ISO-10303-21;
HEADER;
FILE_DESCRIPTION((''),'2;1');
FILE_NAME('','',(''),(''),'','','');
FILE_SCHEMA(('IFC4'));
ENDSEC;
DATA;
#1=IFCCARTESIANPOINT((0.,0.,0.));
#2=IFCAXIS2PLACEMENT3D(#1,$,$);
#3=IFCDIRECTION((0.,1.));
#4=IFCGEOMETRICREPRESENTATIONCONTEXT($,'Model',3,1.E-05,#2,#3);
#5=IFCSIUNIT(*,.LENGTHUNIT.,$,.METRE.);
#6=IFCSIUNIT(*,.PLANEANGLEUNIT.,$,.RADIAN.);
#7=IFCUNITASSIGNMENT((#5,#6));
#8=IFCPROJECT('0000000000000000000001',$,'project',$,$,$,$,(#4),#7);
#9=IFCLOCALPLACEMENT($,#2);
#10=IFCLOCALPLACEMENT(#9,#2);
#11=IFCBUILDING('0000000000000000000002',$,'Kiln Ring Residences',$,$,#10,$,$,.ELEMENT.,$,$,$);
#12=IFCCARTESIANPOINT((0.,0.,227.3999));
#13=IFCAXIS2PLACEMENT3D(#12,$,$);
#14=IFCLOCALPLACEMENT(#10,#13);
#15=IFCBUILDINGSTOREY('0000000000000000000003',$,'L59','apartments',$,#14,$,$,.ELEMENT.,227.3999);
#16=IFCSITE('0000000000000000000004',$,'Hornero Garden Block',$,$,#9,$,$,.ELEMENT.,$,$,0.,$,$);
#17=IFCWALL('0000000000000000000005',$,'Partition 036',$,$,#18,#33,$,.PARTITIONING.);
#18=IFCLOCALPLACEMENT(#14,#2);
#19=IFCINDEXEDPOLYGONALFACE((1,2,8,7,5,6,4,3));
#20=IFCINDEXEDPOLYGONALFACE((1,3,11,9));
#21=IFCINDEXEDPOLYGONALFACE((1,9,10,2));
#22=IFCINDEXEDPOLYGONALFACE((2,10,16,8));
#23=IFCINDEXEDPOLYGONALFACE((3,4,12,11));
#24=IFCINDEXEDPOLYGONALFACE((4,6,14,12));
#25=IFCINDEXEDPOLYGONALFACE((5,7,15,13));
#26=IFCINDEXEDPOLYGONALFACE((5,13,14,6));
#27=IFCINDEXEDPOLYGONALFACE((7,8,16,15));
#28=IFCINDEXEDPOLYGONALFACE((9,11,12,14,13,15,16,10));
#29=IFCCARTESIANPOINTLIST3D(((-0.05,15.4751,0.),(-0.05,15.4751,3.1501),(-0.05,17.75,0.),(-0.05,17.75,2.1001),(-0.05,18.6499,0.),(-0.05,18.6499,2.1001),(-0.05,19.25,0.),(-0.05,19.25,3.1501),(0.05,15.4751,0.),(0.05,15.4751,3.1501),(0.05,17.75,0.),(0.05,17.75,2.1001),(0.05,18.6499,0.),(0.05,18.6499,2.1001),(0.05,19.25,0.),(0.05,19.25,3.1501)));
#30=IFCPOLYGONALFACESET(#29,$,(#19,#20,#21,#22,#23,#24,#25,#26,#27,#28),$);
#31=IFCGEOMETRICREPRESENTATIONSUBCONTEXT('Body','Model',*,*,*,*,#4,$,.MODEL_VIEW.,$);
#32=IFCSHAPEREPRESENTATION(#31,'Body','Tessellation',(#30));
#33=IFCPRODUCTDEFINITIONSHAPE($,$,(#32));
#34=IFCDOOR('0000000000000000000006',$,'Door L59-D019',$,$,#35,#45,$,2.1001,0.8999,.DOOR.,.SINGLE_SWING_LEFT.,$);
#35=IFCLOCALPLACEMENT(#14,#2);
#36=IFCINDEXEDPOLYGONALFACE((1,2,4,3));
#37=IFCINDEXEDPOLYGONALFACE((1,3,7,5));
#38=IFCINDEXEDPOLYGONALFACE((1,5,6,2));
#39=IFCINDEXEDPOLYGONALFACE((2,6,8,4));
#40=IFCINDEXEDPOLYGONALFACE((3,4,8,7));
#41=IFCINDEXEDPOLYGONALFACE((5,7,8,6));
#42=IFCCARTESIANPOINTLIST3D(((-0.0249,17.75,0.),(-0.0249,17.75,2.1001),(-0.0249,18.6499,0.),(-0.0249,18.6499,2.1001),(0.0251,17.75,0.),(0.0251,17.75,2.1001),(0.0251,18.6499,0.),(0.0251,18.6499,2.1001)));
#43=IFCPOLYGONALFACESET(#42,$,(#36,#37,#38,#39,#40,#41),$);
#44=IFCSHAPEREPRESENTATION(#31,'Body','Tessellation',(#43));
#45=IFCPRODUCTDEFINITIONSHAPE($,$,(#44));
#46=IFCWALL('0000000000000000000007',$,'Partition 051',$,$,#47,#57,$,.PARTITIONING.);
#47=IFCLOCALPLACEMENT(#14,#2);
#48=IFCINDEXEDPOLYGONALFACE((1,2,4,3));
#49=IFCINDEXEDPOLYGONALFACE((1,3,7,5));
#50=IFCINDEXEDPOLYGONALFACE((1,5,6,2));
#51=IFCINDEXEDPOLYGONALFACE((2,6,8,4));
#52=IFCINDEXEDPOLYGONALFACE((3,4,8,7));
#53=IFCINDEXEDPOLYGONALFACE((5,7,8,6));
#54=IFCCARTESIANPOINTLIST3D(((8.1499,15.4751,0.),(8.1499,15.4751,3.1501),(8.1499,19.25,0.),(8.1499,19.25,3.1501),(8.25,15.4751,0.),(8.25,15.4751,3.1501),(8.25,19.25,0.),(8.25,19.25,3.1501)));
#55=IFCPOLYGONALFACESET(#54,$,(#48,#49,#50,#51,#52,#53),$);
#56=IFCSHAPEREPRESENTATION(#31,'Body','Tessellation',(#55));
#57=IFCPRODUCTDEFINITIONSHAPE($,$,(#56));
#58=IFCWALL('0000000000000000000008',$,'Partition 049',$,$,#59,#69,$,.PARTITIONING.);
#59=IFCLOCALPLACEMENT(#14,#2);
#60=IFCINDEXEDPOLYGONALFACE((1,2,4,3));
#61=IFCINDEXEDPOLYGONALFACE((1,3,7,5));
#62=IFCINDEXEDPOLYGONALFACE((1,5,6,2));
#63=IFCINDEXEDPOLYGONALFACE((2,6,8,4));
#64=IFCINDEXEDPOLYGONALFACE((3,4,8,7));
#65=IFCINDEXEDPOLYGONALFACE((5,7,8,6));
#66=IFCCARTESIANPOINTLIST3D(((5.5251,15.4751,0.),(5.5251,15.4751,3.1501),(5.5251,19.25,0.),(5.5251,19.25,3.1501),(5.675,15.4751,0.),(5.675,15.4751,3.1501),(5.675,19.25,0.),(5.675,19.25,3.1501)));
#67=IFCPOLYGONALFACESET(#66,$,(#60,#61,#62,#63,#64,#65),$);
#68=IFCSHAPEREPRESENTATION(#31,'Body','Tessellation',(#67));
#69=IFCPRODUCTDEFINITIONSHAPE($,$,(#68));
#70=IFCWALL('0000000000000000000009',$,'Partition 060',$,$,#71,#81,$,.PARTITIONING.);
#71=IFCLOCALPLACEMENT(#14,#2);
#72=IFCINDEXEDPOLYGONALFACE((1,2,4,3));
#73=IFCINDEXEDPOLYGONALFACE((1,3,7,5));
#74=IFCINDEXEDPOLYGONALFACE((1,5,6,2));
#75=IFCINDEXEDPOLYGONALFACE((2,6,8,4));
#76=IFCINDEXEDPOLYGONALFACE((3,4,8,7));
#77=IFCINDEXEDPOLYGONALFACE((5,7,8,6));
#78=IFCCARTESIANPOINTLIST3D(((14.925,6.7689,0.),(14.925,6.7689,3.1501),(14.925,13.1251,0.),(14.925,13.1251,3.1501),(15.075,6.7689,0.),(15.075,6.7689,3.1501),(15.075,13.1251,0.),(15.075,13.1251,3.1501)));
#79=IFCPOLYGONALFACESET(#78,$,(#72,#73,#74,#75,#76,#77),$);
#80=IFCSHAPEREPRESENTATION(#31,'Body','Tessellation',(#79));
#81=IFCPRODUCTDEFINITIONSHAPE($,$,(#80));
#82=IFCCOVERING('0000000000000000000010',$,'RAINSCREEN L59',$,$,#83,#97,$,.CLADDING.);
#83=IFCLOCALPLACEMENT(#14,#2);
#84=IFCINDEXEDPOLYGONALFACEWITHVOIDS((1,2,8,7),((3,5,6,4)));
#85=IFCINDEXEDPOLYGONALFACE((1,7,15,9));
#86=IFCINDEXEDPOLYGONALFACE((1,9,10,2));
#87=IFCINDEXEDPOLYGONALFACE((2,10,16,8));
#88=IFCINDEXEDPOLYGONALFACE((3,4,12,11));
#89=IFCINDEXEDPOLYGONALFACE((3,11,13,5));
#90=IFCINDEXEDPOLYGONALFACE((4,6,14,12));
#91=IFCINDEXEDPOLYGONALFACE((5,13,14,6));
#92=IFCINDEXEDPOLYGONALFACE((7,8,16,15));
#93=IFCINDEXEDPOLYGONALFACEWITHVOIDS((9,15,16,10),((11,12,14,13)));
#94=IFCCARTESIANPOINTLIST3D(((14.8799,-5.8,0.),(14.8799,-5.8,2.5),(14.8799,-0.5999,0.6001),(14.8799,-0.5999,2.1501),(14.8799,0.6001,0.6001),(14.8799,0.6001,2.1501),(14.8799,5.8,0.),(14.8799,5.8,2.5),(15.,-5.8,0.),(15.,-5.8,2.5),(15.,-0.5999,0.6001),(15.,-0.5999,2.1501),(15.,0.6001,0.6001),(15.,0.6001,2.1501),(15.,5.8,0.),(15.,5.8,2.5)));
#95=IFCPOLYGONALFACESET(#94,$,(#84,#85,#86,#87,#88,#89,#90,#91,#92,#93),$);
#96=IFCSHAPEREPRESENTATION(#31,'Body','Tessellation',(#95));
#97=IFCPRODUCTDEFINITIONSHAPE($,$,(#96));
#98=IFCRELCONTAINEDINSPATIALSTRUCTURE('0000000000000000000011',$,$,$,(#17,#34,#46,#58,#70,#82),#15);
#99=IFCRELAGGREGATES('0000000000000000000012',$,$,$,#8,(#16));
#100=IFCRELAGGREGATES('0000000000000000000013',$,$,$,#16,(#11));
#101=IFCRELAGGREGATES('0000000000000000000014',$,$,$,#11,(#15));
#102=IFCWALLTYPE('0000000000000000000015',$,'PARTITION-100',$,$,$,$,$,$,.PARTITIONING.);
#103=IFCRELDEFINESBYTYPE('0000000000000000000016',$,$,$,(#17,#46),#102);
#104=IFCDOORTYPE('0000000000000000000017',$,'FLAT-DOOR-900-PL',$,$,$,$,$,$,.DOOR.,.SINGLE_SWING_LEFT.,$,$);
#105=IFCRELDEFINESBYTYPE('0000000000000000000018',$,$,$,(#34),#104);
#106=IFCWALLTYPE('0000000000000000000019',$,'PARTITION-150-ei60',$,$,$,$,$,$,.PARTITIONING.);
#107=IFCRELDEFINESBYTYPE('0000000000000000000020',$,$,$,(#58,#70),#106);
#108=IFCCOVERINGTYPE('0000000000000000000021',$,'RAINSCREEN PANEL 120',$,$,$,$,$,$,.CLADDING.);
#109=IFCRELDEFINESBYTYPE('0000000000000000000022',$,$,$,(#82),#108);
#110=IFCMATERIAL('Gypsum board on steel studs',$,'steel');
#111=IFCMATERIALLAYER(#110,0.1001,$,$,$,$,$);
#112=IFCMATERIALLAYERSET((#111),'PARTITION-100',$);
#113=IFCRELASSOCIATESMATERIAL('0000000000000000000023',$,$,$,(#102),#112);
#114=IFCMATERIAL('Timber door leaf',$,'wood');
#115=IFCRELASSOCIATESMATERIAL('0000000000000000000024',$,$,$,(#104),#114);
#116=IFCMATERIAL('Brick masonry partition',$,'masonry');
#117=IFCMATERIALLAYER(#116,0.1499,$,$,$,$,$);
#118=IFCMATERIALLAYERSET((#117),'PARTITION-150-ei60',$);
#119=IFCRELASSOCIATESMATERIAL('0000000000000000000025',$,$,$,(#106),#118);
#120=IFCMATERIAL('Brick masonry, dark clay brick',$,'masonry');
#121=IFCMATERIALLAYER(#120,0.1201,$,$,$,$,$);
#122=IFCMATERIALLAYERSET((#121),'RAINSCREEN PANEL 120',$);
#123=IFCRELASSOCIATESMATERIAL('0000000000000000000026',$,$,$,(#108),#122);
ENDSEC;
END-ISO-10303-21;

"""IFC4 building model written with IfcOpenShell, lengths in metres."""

from ifc_helpers import new_model, si_unit, direction, frame, frame_2d, origin, place, context, subcontext, project, spatial, polyline, rectangle, outline, extrude, material, layer, layer_set, type_object, element, fill, save


model = new_model("IFC4")

# Units and contexts
model_context = context("Model", 3, precision=1e-05, world=origin(), true_north=direction((0.0, 1.0)))
body_context = subcontext(model_context, "Body", "Model", "MODEL_VIEW")
ifc_project = project(units=[si_unit("LENGTHUNIT", "METRE"), si_unit("PLANEANGLEUNIT", "RADIAN")], contexts=[model_context])

# Site, building, storey
site_placement = place(None, origin())
site = spatial("IfcSite", under=ifc_project, at=site_placement, Name="Hornero Garden Block", CompositionType="ELEMENT", RefElevation=0.0)
building_placement = place(site_placement, origin())
building = spatial("IfcBuilding", under=site, at=building_placement, Name="Kiln Ring Residences", CompositionType="ELEMENT")
storey_placement = place(building_placement, frame((0.0, 0.0, 227.3999)))
storey = spatial("IfcBuildingStorey", under=building, at=storey_placement, Name="L59", Description="apartments", CompositionType="ELEMENT", Elevation=227.3999)

# Shared definitions
ifc_material_1 = material(Name="Gypsum board on steel studs", Category="steel")
ifc_layer_1 = layer(ifc_material_1, 0.1001)
ifc_layer_set_1 = layer_set([ifc_layer_1], Name="PARTITION-100")
wall_type_1 = type_object("IfcWallType", Name="PARTITION-100", PredefinedType="PARTITIONING", material=ifc_layer_set_1)

# Wall, opening, door
wall_1_placement = place(storey_placement, frame((0.0, 15.4751, 0.0), z_axis=(0.0, 0.0, 1.0), x_axis=(0.0, 1.0, 0.0)))
wall_1 = element("IfcWall", 1, at=wall_1_placement, inside=storey, type_object=wall_type_1, Name="Partition 036", PredefinedType="PARTITIONING", context=body_context, shape_type="SweptSolid", body=[
    extrude(rectangle(XDim=3.7749, YDim=0.1001, at=frame_2d((1.8875, 0.0))), origin(), (0.0, 0.0, 1.0), 3.1501),
])
opening_placement = place(wall_1_placement, frame((2.2749, 0.0, 0.0)))
opening = element("IfcOpeningElement", 2, at=opening_placement, cuts=wall_1, PredefinedType="OPENING", context=body_context, shape_type="SweptSolid", body=[
    extrude(rectangle(XDim=0.8999, YDim=2.1001, at=frame_2d((0.45, 1.05))), frame((0.0, 0.0601, 0.0), z_axis=(0.0, -1.0, 0.0), x_axis=(1.0, 0.0, 0.0)), (0.0, 0.0, 1.0), 0.1201),
])
ifc_material_2 = material(Name="Timber door leaf", Category="wood")
door_type = type_object("IfcDoorType", Name="FLAT-DOOR-900-PL", OperationType="SINGLE_SWING_LEFT", PredefinedType="DOOR", material=ifc_material_2)
door_placement = place(opening_placement, origin())
door = element("IfcDoor", 3, at=door_placement, inside=storey, type_object=door_type, Name="Door L59-D019", OperationType="SINGLE_SWING_LEFT", OverallHeight=2.1001, OverallWidth=0.8999, PredefinedType="DOOR", context=body_context, shape_type="SweptSolid", body=[
    extrude(rectangle(XDim=0.8999, YDim=2.1001, at=frame_2d((0.45, 1.05))), frame((0.0, 0.0249, 0.0), z_axis=(0.0, -1.0, 0.0), x_axis=(1.0, 0.0, 0.0)), (0.0, 0.0, 1.0), 0.05),
])
fill(opening, door)

# Walls
wall_2_placement = place(storey_placement, frame((8.2, 15.4751, 0.0), z_axis=(0.0, 0.0, 1.0), x_axis=(0.0, 1.0, 0.0)))
element("IfcWall", 4, at=wall_2_placement, inside=storey, type_object=wall_type_1, Name="Partition 051", PredefinedType="PARTITIONING", context=body_context, shape_type="SweptSolid", body=[
    extrude(rectangle(XDim=3.7749, YDim=0.1001, at=frame_2d((1.8875, 0.0))), origin(), (0.0, 0.0, 1.0), 3.1501),
])
ifc_material_3 = material(Name="Brick masonry partition", Category="masonry")
ifc_layer_2 = layer(ifc_material_3, 0.1499)
ifc_layer_set_2 = layer_set([ifc_layer_2], Name="PARTITION-150-ei60")
wall_type_2 = type_object("IfcWallType", Name="PARTITION-150-ei60", PredefinedType="PARTITIONING", material=ifc_layer_set_2)
wall_3_placement = place(storey_placement, frame((5.6001, 15.4751, 0.0), z_axis=(0.0, 0.0, 1.0), x_axis=(0.0, 1.0, 0.0)))
element("IfcWall", 5, at=wall_3_placement, inside=storey, type_object=wall_type_2, Name="Partition 049", PredefinedType="PARTITIONING", context=body_context, shape_type="SweptSolid", body=[
    extrude(rectangle(XDim=3.7749, YDim=0.1499, at=frame_2d((1.8875, 0.0))), origin(), (0.0, 0.0, 1.0), 3.1501),
])
wall_4_placement = place(storey_placement, frame((15.0, 6.7688, 0.0), z_axis=(0.0, 0.0, 1.0), x_axis=(0.0, 1.0, 0.0)))
element("IfcWall", 6, at=wall_4_placement, inside=storey, type_object=wall_type_2, Name="Partition 060", PredefinedType="PARTITIONING", context=body_context, shape_type="SweptSolid", body=[
    extrude(rectangle(XDim=6.3562, YDim=0.1499, at=frame_2d((3.1782, 0.0))), origin(), (0.0, 0.0, 1.0), 3.1501),
])

# Covering
ifc_material_4 = material(Name="Brick masonry, dark clay brick", Category="masonry")
ifc_layer_3 = layer(ifc_material_4, 0.1201)
ifc_layer_set_3 = layer_set([ifc_layer_3], Name="RAINSCREEN PANEL 120")
covering_type = type_object("IfcCoveringType", Name="RAINSCREEN PANEL 120", PredefinedType="CLADDING", material=ifc_layer_set_3)
covering_placement = place(storey_placement, frame((14.9399, 5.8, 0.0), z_axis=(0.0, 0.0, 1.0), x_axis=(0.0, -1.0, 0.0)))
element("IfcCovering", 7, at=covering_placement, inside=storey, type_object=covering_type, Name="RAINSCREEN L59", PredefinedType="CLADDING", context=body_context, shape_type="SweptSolid", body=[
    extrude(outline(polyline([(0.0, 0.0), (11.6001, 0.0), (11.6001, 2.5), (0.0, 2.5), (0.0, 0.0)]), holes=[polyline([(5.2, 2.1501), (5.2, 0.6001), (6.3999, 0.6001), (6.3999, 2.1501), (5.2, 2.1501)])]), frame((0.0, 0.0601, 0.0), z_axis=(0.0, -1.0, 0.0), x_axis=(1.0, 0.0, 0.0)), (0.0, 0.0, 1.0), 0.1201),
])

save(model, "model.ifc")
